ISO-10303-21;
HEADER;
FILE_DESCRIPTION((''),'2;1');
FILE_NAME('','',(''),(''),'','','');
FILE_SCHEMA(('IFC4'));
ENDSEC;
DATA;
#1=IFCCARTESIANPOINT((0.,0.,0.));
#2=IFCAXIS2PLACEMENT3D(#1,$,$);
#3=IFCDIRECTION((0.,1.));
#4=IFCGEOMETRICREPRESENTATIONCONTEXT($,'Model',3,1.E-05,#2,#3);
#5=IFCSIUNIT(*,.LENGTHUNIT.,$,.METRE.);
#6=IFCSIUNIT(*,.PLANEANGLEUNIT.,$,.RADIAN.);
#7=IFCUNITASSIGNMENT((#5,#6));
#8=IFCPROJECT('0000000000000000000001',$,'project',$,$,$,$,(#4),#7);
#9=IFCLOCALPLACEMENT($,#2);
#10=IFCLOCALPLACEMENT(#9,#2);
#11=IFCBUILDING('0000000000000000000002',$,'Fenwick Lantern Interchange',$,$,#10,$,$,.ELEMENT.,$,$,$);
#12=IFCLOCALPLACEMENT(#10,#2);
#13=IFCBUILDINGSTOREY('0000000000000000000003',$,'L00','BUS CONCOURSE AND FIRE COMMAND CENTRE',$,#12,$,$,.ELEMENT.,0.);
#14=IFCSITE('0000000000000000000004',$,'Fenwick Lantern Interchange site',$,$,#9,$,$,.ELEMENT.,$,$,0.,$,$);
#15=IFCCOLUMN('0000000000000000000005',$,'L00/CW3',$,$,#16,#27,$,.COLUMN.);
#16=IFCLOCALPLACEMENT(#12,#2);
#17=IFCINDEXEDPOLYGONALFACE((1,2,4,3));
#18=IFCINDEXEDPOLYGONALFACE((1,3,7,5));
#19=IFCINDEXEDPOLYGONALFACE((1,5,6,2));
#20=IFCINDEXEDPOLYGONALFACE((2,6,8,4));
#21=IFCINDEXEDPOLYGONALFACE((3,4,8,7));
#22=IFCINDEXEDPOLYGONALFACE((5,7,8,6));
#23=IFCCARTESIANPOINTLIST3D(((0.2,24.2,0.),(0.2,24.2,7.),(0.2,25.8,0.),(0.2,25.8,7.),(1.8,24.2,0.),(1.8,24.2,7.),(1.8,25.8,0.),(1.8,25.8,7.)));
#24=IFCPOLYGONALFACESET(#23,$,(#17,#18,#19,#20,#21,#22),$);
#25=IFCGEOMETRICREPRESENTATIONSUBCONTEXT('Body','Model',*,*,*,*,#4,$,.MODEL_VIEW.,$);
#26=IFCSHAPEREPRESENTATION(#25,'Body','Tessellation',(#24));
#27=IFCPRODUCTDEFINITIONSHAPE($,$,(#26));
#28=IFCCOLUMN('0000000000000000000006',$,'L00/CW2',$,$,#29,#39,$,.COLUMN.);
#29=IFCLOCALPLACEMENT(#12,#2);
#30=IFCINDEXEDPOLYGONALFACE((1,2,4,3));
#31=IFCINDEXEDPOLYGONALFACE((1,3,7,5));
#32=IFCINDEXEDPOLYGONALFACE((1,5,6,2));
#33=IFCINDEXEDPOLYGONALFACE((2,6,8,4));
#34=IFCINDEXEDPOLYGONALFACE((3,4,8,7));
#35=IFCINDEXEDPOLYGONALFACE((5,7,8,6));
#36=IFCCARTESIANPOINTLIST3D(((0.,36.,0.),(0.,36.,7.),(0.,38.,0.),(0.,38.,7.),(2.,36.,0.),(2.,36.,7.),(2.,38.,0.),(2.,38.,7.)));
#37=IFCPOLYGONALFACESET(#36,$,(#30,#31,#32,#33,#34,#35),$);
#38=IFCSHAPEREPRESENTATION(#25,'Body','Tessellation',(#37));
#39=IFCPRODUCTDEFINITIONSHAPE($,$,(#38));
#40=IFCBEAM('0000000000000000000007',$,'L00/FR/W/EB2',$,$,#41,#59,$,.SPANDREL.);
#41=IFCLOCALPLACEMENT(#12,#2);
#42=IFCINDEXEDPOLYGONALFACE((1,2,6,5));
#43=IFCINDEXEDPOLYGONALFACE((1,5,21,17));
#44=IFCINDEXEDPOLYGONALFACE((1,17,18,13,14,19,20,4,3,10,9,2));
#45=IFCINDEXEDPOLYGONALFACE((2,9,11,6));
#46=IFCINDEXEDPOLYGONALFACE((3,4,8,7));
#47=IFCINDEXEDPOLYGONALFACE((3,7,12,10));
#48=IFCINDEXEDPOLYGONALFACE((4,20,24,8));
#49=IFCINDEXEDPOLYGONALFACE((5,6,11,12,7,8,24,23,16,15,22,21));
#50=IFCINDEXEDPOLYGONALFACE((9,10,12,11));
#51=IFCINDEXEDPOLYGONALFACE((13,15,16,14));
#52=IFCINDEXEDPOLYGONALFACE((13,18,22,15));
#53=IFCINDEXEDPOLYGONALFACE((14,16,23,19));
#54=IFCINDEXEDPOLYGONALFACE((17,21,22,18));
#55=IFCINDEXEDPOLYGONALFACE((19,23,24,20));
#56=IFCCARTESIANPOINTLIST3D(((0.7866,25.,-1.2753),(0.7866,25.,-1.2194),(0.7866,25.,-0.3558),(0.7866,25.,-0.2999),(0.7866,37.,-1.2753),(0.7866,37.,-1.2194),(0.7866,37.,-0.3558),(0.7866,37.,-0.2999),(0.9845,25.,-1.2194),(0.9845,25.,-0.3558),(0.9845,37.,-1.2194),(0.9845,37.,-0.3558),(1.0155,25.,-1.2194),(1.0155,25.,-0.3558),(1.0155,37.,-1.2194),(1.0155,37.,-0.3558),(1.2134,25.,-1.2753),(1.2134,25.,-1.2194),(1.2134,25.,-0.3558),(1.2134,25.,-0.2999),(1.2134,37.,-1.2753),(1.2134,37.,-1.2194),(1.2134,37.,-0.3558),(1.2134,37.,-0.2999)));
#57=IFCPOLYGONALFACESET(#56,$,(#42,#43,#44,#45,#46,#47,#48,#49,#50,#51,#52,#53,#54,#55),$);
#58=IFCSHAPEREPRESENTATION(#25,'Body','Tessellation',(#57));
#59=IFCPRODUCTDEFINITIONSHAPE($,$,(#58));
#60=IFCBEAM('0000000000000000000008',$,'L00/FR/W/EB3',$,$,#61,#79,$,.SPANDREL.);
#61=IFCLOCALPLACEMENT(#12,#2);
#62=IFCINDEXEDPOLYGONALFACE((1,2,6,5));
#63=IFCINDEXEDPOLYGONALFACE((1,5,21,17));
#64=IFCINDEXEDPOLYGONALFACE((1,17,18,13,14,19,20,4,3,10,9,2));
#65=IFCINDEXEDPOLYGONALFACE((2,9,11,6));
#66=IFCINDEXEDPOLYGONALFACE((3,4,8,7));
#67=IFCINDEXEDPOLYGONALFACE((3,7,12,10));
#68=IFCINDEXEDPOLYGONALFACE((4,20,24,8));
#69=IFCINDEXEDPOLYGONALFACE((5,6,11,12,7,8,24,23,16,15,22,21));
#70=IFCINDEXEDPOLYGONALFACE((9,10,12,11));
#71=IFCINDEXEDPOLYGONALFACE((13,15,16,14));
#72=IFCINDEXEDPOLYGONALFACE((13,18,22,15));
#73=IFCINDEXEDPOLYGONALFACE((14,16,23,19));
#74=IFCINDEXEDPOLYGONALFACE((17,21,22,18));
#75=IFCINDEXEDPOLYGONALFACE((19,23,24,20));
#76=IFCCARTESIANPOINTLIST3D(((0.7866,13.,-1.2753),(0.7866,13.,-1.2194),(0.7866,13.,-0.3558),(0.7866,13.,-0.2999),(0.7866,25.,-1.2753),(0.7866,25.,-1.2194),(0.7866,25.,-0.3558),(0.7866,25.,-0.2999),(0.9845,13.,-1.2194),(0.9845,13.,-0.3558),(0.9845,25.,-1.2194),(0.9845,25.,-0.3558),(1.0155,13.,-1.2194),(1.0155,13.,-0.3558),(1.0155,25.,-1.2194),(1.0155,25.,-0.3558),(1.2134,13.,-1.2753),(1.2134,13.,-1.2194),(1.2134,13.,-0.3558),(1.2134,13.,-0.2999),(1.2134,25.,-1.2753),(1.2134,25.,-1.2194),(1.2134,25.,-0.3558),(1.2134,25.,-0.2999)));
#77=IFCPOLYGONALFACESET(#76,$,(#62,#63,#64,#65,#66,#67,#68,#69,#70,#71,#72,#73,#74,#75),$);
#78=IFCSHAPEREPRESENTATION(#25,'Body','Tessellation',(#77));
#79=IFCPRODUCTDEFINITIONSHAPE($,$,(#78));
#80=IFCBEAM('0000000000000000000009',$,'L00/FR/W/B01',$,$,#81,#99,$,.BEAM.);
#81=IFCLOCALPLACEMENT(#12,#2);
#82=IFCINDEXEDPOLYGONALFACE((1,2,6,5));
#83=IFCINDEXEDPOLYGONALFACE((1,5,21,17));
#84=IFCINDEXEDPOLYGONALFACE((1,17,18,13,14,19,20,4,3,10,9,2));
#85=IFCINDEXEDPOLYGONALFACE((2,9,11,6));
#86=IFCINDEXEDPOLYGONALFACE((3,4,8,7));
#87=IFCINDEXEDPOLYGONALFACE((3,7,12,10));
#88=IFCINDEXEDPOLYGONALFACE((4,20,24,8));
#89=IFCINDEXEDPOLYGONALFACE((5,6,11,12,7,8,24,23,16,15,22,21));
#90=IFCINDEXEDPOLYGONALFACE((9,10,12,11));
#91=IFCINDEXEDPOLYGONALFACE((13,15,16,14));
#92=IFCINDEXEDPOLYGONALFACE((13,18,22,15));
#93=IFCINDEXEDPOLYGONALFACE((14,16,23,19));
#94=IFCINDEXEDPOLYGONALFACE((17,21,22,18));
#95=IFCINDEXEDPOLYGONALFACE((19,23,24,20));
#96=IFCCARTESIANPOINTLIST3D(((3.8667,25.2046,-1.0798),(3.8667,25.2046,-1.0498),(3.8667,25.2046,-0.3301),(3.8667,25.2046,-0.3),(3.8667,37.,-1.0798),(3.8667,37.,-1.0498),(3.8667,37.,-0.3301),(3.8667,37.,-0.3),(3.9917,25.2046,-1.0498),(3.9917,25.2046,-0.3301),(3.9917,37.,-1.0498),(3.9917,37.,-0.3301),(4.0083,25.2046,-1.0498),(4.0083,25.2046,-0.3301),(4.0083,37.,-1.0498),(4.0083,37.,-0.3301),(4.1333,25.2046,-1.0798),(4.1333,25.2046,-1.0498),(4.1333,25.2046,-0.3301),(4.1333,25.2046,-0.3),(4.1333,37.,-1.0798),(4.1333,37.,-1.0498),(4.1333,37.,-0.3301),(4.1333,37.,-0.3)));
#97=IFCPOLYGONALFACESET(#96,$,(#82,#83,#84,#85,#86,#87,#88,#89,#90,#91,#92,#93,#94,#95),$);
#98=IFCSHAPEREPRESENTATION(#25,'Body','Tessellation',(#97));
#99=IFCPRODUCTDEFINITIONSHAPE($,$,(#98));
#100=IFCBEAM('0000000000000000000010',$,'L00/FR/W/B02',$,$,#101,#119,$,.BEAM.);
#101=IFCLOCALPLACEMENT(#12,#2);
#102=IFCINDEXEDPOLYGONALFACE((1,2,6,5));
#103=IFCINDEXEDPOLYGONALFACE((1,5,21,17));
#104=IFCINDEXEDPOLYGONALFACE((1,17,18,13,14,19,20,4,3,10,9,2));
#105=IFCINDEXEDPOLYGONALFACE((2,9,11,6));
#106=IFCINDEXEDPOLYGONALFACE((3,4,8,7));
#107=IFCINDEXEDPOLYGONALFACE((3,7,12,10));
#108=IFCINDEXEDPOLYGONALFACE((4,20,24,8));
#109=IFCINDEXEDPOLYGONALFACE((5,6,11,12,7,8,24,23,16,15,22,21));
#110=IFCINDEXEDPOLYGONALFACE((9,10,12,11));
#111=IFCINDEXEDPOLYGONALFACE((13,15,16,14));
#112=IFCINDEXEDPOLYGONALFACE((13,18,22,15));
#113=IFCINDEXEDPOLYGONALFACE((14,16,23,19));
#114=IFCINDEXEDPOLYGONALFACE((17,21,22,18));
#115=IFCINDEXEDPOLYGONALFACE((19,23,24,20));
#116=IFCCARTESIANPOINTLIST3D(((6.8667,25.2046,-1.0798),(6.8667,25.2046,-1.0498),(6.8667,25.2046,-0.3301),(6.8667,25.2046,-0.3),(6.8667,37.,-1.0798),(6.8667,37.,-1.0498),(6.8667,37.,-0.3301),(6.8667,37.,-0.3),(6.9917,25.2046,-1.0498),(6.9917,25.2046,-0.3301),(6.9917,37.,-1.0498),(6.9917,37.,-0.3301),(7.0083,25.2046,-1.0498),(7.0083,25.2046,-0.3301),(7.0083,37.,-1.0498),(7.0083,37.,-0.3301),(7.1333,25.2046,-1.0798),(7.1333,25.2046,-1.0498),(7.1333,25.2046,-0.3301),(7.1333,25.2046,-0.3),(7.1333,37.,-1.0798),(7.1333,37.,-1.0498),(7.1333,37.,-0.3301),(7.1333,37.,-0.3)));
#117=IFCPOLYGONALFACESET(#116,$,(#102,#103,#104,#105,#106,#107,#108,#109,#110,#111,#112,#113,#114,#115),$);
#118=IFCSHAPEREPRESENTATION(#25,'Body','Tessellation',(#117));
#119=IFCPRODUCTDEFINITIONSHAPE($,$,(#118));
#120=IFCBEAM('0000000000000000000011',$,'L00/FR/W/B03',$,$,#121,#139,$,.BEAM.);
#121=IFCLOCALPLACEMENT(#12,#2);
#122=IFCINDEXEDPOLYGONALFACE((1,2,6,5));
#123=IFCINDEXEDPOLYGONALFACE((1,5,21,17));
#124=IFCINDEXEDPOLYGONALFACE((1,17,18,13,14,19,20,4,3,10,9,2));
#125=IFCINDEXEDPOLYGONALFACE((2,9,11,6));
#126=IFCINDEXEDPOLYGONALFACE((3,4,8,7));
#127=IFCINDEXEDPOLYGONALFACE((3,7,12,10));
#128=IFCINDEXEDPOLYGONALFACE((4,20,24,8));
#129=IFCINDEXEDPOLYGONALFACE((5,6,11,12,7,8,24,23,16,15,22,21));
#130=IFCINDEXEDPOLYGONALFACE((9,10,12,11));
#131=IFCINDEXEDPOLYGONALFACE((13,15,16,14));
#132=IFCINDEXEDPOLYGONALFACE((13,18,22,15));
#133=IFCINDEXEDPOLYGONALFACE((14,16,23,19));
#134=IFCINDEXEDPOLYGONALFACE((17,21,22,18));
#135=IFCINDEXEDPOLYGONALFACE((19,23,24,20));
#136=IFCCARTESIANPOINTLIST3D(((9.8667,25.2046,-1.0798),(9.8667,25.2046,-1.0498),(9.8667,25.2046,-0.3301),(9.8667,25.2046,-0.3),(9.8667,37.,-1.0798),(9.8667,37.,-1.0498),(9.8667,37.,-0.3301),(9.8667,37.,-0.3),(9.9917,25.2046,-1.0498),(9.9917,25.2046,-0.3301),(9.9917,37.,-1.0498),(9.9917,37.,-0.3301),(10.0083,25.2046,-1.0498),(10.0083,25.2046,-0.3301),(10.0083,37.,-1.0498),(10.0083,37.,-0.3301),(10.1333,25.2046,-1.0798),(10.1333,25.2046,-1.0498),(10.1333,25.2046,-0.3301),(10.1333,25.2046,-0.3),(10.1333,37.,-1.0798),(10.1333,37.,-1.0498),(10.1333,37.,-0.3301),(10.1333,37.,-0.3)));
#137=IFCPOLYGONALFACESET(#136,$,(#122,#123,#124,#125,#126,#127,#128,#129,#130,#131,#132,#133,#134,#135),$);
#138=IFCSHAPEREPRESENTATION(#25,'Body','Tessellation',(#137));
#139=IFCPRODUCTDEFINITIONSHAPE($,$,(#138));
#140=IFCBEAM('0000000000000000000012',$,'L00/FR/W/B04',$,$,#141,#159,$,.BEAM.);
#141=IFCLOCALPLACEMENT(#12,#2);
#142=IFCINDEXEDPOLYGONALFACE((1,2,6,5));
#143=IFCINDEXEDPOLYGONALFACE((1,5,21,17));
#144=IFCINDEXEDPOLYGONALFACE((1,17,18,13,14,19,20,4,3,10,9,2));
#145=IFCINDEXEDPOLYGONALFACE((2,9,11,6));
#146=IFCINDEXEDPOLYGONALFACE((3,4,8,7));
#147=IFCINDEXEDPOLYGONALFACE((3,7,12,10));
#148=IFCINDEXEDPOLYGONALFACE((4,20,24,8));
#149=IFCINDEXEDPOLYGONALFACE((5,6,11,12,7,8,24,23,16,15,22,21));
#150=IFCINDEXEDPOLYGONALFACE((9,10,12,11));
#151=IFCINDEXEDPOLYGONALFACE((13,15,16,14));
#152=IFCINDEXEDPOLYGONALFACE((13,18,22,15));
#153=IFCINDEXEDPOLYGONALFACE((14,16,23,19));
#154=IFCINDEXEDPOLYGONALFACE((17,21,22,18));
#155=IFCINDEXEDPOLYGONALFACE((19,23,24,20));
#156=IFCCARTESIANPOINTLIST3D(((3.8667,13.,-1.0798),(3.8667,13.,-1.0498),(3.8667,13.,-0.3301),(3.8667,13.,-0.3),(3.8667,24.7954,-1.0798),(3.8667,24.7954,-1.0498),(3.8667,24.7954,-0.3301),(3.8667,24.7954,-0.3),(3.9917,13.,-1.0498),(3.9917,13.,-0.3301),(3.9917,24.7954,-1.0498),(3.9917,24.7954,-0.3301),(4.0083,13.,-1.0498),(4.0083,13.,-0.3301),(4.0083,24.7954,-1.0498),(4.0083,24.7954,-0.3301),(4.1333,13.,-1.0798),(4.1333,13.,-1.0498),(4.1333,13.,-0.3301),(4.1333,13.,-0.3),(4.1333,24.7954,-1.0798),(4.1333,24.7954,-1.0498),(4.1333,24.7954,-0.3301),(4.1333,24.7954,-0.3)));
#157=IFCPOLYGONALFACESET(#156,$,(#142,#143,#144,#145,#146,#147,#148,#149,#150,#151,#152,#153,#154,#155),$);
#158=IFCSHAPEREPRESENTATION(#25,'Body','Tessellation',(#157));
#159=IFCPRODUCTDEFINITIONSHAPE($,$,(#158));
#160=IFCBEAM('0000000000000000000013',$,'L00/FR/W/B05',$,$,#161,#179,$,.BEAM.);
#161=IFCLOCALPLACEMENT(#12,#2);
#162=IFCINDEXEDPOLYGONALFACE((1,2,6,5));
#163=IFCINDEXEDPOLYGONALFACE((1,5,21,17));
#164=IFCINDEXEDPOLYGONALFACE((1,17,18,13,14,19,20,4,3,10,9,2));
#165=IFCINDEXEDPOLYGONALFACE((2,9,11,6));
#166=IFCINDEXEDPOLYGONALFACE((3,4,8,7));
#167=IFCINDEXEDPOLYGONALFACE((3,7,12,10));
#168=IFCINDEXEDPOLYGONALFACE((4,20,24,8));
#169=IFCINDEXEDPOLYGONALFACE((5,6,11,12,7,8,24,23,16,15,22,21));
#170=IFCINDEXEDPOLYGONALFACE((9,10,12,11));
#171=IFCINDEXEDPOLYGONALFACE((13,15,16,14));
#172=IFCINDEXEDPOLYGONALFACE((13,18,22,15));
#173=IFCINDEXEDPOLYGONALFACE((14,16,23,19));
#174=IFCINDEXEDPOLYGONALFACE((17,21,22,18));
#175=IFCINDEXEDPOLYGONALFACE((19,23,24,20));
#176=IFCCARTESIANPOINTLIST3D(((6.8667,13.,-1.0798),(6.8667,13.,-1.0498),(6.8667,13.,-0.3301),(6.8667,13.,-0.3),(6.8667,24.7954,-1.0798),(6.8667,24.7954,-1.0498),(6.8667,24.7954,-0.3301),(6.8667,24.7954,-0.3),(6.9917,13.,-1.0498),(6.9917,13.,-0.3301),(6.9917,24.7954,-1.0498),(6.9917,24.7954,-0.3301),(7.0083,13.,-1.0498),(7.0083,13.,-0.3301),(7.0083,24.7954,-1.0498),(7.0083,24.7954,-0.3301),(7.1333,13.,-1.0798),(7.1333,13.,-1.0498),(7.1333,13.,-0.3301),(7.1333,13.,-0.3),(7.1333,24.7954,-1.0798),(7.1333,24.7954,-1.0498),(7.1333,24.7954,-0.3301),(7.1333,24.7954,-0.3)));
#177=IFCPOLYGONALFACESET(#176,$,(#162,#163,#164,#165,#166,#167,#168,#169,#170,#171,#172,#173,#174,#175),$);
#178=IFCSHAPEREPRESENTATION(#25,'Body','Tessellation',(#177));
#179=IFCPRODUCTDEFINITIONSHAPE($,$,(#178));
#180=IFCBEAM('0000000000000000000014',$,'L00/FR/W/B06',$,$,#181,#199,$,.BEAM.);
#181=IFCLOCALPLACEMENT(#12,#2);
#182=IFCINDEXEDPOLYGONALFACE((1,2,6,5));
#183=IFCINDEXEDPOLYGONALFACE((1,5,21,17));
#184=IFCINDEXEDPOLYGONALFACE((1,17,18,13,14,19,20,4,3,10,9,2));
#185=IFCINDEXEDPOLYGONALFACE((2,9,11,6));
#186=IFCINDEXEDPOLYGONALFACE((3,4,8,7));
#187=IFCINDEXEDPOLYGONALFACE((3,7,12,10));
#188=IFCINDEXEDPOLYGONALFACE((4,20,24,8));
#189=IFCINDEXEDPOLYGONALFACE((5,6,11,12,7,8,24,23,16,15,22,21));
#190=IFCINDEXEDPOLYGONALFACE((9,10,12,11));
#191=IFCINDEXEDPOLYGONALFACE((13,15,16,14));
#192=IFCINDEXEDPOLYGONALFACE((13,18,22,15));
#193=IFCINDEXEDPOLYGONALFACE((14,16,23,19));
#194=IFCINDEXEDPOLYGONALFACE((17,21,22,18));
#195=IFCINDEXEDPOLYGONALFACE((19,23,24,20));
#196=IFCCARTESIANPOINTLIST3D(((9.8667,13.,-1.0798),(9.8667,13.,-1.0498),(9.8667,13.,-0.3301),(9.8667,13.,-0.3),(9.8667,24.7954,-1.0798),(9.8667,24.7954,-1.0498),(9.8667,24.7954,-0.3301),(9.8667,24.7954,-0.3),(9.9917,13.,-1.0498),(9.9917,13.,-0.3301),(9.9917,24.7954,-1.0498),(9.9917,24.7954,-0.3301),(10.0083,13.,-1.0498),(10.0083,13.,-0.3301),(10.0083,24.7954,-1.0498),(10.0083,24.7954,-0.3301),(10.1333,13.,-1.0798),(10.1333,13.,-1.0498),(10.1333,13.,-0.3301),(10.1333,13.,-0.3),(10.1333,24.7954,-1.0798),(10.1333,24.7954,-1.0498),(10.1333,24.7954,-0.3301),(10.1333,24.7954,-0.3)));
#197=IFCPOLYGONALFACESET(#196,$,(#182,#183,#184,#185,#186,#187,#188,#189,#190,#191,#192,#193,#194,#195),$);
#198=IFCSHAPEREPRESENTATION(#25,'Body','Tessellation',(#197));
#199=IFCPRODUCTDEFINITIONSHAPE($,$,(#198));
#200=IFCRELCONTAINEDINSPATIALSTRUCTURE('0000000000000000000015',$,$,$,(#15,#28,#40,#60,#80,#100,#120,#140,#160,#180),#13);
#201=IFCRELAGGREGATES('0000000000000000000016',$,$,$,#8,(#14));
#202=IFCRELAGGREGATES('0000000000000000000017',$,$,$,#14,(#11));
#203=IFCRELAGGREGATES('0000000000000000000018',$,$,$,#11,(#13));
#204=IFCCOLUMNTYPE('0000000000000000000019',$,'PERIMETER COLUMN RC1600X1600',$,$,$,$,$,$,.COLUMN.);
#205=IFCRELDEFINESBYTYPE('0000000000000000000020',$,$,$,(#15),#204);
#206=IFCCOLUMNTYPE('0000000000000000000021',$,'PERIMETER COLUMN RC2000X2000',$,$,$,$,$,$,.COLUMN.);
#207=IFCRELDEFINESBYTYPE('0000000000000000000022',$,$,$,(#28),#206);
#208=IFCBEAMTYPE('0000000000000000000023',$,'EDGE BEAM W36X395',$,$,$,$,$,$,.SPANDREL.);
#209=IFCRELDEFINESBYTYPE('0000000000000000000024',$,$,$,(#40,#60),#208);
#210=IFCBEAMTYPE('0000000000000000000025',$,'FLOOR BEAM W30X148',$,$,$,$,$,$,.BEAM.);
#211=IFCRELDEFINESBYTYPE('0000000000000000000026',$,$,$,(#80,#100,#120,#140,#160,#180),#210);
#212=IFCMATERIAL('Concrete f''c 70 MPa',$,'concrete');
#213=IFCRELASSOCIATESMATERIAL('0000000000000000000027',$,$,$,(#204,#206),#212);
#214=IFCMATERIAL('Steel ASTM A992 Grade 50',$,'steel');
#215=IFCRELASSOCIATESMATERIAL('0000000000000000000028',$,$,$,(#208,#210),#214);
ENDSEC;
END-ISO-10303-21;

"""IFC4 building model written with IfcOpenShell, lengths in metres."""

from ifc_helpers import new_model, si_unit, direction, frame, origin, origin_2d, place, context, subcontext, project, spatial, rectangle, i_section, extrude, material, material_profile, profile_set, type_object, element, save


model = new_model("IFC4")

# Units and contexts
model_context = context("Model", 3, precision=1e-05, world=origin(), true_north=direction((0.0, 1.0)))
body_context = subcontext(model_context, "Body", "Model", "MODEL_VIEW")
ifc_project = project(units=[si_unit("LENGTHUNIT", "METRE"), si_unit("PLANEANGLEUNIT", "RADIAN")], contexts=[model_context])

# Site, building, storey
site_placement = place(None, origin())
site = spatial("IfcSite", under=ifc_project, at=site_placement, Name="Fenwick Lantern Interchange site", CompositionType="ELEMENT", RefElevation=0.0)
building_placement = place(site_placement, origin())
building = spatial("IfcBuilding", under=site, at=building_placement, Name="Fenwick Lantern Interchange", CompositionType="ELEMENT")
storey_placement = place(building_placement, origin())
storey = spatial("IfcBuildingStorey", under=building, at=storey_placement, Name="L00", Description="BUS CONCOURSE AND FIRE COMMAND CENTRE", CompositionType="ELEMENT", Elevation=0.0)

# Columns
ifc_material_1 = material(Name="Concrete f'c 70 MPa", Category="concrete")
ifc_material_profile_1 = material_profile(ifc_material_1, rectangle(XDim=1.6001, YDim=1.6001, at=origin_2d()), Name="RC1600X1600")
ifc_profile_set_1 = profile_set([ifc_material_profile_1], Name="Concrete f'c 70 MPa")
column_type_1 = type_object("IfcColumnType", Name="PERIMETER COLUMN RC1600X1600", PredefinedType="COLUMN", material=ifc_profile_set_1)
column_1_placement = place(storey_placement, frame((1.0, 25.0, 0.0), z_axis=(0.0, 0.0, 1.0), x_axis=(1.0, 0.0, 0.0)))
element("IfcColumn", 1, at=column_1_placement, inside=storey, type_object=column_type_1, Name="L00/CW3", PredefinedType="COLUMN", context=body_context, shape_type="SweptSolid", body=[
    extrude(rectangle(XDim=1.6001, YDim=1.6001, at=origin_2d()), origin(), (0.0, 0.0, 1.0), 7.0),
])
ifc_material_profile_2 = material_profile(ifc_material_1, rectangle(XDim=2.0, YDim=2.0, at=origin_2d()), Name="RC2000X2000")
ifc_profile_set_2 = profile_set([ifc_material_profile_2], Name="Concrete f'c 70 MPa")
column_type_2 = type_object("IfcColumnType", Name="PERIMETER COLUMN RC2000X2000", PredefinedType="COLUMN", material=ifc_profile_set_2)
column_2_placement = place(storey_placement, frame((1.0, 37.0, 0.0), z_axis=(0.0, 0.0, 1.0), x_axis=(1.0, 0.0, 0.0)))
element("IfcColumn", 2, at=column_2_placement, inside=storey, type_object=column_type_2, Name="L00/CW2", PredefinedType="COLUMN", context=body_context, shape_type="SweptSolid", body=[
    extrude(rectangle(XDim=2.0, YDim=2.0, at=origin_2d()), origin(), (0.0, 0.0, 1.0), 7.0),
])

# Beams
ifc_material_2 = material(Name="Steel ASTM A992 Grade 50", Category="steel")
ifc_material_profile_3 = material_profile(ifc_material_2, i_section(OverallWidth=0.4268, OverallDepth=0.9753, WebThickness=0.031, FlangeThickness=0.0559, at=origin_2d()), Name="W36X395")
ifc_profile_set_3 = profile_set([ifc_material_profile_3], Name="Steel ASTM A992 Grade 50")
beam_type_1 = type_object("IfcBeamType", Name="EDGE BEAM W36X395", PredefinedType="SPANDREL", material=ifc_profile_set_3)
for number, where, z_axis, x_axis, name in (
    (3, (1.0, 37.0, -0.7876), (0.0, -1.0, 0.0), (1.0, 0.0, 0.0), "L00/FR/W/EB2"),
    (4, (1.0, 25.0, -0.7876), (0.0, -1.0, 0.0), (1.0, 0.0, 0.0), "L00/FR/W/EB3"),
):
    element("IfcBeam", number, at=place(storey_placement, frame(where, z_axis=z_axis, x_axis=x_axis)), inside=storey, type_object=beam_type_1, Name=name, PredefinedType="SPANDREL", context=body_context, shape_type="SweptSolid", body=[
        extrude(i_section(OverallWidth=0.4268, OverallDepth=0.9753, WebThickness=0.031, FlangeThickness=0.0559, at=origin_2d()), origin(), (0.0, 0.0, 1.0), 12.0),
    ])
ifc_material_profile_4 = material_profile(ifc_material_2, i_section(OverallWidth=0.2666, OverallDepth=0.7798, WebThickness=0.0166, FlangeThickness=0.03, at=origin_2d()), Name="W30X148")
ifc_profile_set_4 = profile_set([ifc_material_profile_4], Name="Steel ASTM A992 Grade 50")
beam_type_2 = type_object("IfcBeamType", Name="FLOOR BEAM W30X148", PredefinedType="BEAM", material=ifc_profile_set_4)
for number, where, z_axis, x_axis, name in (
    (5, (4.0, 37.0, -0.6899), (0.0, -1.0, 0.0), (1.0, 0.0, 0.0), "L00/FR/W/B01"),
    (6, (7.0, 37.0, -0.6899), (0.0, -1.0, 0.0), (1.0, 0.0, 0.0), "L00/FR/W/B02"),
    (7, (10.0, 37.0, -0.6899), (0.0, -1.0, 0.0), (1.0, 0.0, 0.0), "L00/FR/W/B03"),
    (8, (4.0, 24.7954, -0.6899), (0.0, -1.0, 0.0), (1.0, 0.0, 0.0), "L00/FR/W/B04"),
    (9, (7.0, 24.7954, -0.6899), (0.0, -1.0, 0.0), (1.0, 0.0, 0.0), "L00/FR/W/B05"),
    (10, (10.0, 24.7954, -0.6899), (0.0, -1.0, 0.0), (1.0, 0.0, 0.0), "L00/FR/W/B06"),
):
    element("IfcBeam", number, at=place(storey_placement, frame(where, z_axis=z_axis, x_axis=x_axis)), inside=storey, type_object=beam_type_2, Name=name, PredefinedType="BEAM", context=body_context, shape_type="SweptSolid", body=[
        extrude(i_section(OverallWidth=0.2666, OverallDepth=0.7798, WebThickness=0.0166, FlangeThickness=0.03, at=origin_2d()), origin(), (0.0, 0.0, 1.0), 11.7954),
    ])

save(model, "model.ifc")
